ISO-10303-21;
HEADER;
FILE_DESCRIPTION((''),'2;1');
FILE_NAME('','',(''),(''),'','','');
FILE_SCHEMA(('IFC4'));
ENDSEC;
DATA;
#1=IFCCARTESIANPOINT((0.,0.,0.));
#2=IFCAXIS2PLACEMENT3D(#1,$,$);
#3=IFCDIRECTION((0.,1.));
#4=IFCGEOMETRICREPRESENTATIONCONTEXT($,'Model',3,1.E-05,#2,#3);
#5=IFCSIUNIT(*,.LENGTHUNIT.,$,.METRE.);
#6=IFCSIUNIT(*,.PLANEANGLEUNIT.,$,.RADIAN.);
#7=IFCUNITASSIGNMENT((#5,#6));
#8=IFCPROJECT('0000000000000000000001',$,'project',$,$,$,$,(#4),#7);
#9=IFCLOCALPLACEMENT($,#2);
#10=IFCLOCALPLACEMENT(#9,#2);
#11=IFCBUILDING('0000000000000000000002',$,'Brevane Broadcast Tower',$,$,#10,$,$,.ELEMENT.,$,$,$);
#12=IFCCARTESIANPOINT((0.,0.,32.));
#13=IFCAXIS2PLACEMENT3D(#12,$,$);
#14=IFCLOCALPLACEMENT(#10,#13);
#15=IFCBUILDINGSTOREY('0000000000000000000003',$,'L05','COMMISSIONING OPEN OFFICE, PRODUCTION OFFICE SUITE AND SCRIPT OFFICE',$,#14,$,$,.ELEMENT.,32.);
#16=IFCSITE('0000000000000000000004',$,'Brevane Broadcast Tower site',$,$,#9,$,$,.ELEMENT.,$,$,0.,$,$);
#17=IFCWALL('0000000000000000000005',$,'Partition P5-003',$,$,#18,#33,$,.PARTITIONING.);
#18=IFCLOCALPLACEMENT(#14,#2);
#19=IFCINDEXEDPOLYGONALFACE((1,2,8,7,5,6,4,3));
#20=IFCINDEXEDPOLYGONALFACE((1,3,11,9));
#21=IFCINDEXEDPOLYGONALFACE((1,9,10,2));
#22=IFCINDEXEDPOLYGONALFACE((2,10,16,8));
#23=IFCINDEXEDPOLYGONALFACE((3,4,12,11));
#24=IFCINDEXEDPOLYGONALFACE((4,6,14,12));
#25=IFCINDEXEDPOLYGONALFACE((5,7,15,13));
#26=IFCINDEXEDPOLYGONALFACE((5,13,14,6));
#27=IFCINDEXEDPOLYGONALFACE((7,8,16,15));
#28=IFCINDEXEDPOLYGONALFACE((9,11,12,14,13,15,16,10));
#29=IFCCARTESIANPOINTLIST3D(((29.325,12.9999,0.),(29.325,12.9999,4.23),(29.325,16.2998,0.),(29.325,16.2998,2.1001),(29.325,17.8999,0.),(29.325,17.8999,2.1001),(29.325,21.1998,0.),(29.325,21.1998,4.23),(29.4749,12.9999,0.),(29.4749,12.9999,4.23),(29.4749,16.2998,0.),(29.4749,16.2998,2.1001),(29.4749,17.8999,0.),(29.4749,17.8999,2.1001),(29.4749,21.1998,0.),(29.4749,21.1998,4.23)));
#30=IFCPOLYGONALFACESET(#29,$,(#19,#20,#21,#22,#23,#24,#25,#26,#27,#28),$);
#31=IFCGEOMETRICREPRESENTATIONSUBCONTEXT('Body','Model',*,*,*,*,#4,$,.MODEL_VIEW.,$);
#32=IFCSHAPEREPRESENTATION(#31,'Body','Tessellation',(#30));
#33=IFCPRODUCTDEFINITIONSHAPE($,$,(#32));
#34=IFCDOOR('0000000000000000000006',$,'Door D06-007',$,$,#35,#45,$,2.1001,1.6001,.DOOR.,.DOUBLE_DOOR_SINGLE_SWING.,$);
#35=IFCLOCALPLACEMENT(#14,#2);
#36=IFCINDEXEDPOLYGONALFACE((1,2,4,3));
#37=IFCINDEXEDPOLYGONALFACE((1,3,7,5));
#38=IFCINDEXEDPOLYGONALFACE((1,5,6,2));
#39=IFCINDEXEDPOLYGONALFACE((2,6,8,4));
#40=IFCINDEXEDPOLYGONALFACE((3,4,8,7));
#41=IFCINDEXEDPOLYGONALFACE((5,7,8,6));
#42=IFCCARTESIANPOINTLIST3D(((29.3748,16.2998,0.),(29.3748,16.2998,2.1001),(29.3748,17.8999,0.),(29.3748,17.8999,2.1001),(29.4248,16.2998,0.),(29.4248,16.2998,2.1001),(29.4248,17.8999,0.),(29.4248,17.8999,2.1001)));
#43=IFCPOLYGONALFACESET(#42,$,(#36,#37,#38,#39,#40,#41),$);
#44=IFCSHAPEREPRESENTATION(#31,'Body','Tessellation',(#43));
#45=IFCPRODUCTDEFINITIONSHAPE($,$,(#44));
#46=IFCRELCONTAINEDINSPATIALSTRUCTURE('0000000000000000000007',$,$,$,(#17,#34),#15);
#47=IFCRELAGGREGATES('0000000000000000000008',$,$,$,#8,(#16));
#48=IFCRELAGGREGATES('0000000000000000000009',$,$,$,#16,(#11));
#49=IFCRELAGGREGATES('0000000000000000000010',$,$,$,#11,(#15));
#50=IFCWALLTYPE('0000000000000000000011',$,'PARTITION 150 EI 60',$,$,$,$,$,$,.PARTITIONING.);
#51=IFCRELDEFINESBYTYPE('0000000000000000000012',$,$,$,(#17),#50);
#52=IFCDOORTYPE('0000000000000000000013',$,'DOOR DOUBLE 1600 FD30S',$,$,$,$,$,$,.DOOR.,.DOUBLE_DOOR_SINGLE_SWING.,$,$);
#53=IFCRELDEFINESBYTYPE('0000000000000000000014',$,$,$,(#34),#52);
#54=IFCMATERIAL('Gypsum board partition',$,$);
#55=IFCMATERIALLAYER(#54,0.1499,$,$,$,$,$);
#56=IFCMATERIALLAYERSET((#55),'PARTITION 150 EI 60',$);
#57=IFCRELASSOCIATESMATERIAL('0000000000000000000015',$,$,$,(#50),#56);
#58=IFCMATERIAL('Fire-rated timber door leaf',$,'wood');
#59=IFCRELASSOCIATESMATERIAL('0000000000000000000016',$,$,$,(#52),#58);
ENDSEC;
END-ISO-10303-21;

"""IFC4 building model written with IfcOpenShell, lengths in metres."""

from ifc_helpers import new_model, si_unit, direction, frame, frame_2d, origin, place, context, subcontext, project, spatial, rectangle, extrude, material, layer, layer_set, type_object, element, fill, save


model = new_model("IFC4")

# Units and contexts
model_context = context("Model", 3, precision=1e-05, world=origin(), true_north=direction((0.0, 1.0)))
body_context = subcontext(model_context, "Body", "Model", "MODEL_VIEW")
ifc_project = project(units=[si_unit("LENGTHUNIT", "METRE"), si_unit("PLANEANGLEUNIT", "RADIAN")], contexts=[model_context])

# Site, building, storey
site_placement = place(None, origin())
site = spatial("IfcSite", under=ifc_project, at=site_placement, Name="Brevane Broadcast Tower site", CompositionType="ELEMENT", RefElevation=0.0)
building_placement = place(site_placement, origin())
building = spatial("IfcBuilding", under=site, at=building_placement, Name="Brevane Broadcast Tower", CompositionType="ELEMENT")
storey_placement = place(building_placement, frame((0.0, 0.0, 32.0)))
storey = spatial("IfcBuildingStorey", under=building, at=storey_placement, Name="L05", Description="COMMISSIONING OPEN OFFICE, PRODUCTION OFFICE SUITE AND SCRIPT OFFICE", CompositionType="ELEMENT", Elevation=32.0)

# Shared definitions
ifc_material_1 = material(Name="Gypsum board partition")

# Shared definitions
ifc_layer_1 = layer(ifc_material_1, 0.1499)
ifc_layer_set_1 = layer_set([ifc_layer_1], Name="PARTITION 150 EI 60")
wall_type_1 = type_object("IfcWallType", Name="PARTITION 150 EI 60", PredefinedType="PARTITIONING", material=ifc_layer_set_1)

# Wall, opening, door
wall_1_placement = place(storey_placement, frame((29.3999, 21.2, 0.0), z_axis=(0.0, 0.0, 1.0), x_axis=(0.0, -1.0, 0.0)))
wall_1 = element("IfcWall", 1, at=wall_1_placement, inside=storey, type_object=wall_type_1, Name="Partition P5-003", PredefinedType="PARTITIONING", context=body_context, shape_type="SweptSolid", body=[
    extrude(rectangle(XDim=8.2, YDim=0.1499, at=frame_2d((4.1001, 0.0))), origin(), (0.0, 0.0, 1.0), 4.23),
])
opening_1_placement = place(wall_1_placement, frame((3.3, 0.0, 0.0)))
opening_1 = element("IfcOpeningElement", 2, at=opening_1_placement, cuts=wall_1, PredefinedType="OPENING", context=body_context, shape_type="SweptSolid", body=[
    extrude(rectangle(XDim=1.6001, YDim=2.1001, at=frame_2d((0.8, 1.05))), frame((0.0, 0.085, 0.0), z_axis=(0.0, -1.0, 0.0), x_axis=(1.0, 0.0, 0.0)), (0.0, 0.0, 1.0), 0.1699),
])
ifc_material_2 = material(Name="Fire-rated timber door leaf", Category="wood")
door_type_1 = type_object("IfcDoorType", Name="DOOR DOUBLE 1600 FD30S", OperationType="DOUBLE_DOOR_SINGLE_SWING", PredefinedType="DOOR", material=ifc_material_2)
door_1_placement = place(opening_1_placement, origin())
door_1 = element("IfcDoor", 3, at=door_1_placement, inside=storey, type_object=door_type_1, Name="Door D06-007", OperationType="DOUBLE_DOOR_SINGLE_SWING", OverallHeight=2.1001, OverallWidth=1.6001, PredefinedType="DOOR", context=body_context, shape_type="SweptSolid", body=[
    extrude(rectangle(XDim=1.6001, YDim=2.1001, at=frame_2d((0.8, 1.05))), frame((0.0, 0.0249, 0.0), z_axis=(0.0, -1.0, 0.0), x_axis=(1.0, 0.0, 0.0)), (0.0, 0.0, 1.0), 0.05),
])
fill(opening_1, door_1)

save(model, "model.ifc")
